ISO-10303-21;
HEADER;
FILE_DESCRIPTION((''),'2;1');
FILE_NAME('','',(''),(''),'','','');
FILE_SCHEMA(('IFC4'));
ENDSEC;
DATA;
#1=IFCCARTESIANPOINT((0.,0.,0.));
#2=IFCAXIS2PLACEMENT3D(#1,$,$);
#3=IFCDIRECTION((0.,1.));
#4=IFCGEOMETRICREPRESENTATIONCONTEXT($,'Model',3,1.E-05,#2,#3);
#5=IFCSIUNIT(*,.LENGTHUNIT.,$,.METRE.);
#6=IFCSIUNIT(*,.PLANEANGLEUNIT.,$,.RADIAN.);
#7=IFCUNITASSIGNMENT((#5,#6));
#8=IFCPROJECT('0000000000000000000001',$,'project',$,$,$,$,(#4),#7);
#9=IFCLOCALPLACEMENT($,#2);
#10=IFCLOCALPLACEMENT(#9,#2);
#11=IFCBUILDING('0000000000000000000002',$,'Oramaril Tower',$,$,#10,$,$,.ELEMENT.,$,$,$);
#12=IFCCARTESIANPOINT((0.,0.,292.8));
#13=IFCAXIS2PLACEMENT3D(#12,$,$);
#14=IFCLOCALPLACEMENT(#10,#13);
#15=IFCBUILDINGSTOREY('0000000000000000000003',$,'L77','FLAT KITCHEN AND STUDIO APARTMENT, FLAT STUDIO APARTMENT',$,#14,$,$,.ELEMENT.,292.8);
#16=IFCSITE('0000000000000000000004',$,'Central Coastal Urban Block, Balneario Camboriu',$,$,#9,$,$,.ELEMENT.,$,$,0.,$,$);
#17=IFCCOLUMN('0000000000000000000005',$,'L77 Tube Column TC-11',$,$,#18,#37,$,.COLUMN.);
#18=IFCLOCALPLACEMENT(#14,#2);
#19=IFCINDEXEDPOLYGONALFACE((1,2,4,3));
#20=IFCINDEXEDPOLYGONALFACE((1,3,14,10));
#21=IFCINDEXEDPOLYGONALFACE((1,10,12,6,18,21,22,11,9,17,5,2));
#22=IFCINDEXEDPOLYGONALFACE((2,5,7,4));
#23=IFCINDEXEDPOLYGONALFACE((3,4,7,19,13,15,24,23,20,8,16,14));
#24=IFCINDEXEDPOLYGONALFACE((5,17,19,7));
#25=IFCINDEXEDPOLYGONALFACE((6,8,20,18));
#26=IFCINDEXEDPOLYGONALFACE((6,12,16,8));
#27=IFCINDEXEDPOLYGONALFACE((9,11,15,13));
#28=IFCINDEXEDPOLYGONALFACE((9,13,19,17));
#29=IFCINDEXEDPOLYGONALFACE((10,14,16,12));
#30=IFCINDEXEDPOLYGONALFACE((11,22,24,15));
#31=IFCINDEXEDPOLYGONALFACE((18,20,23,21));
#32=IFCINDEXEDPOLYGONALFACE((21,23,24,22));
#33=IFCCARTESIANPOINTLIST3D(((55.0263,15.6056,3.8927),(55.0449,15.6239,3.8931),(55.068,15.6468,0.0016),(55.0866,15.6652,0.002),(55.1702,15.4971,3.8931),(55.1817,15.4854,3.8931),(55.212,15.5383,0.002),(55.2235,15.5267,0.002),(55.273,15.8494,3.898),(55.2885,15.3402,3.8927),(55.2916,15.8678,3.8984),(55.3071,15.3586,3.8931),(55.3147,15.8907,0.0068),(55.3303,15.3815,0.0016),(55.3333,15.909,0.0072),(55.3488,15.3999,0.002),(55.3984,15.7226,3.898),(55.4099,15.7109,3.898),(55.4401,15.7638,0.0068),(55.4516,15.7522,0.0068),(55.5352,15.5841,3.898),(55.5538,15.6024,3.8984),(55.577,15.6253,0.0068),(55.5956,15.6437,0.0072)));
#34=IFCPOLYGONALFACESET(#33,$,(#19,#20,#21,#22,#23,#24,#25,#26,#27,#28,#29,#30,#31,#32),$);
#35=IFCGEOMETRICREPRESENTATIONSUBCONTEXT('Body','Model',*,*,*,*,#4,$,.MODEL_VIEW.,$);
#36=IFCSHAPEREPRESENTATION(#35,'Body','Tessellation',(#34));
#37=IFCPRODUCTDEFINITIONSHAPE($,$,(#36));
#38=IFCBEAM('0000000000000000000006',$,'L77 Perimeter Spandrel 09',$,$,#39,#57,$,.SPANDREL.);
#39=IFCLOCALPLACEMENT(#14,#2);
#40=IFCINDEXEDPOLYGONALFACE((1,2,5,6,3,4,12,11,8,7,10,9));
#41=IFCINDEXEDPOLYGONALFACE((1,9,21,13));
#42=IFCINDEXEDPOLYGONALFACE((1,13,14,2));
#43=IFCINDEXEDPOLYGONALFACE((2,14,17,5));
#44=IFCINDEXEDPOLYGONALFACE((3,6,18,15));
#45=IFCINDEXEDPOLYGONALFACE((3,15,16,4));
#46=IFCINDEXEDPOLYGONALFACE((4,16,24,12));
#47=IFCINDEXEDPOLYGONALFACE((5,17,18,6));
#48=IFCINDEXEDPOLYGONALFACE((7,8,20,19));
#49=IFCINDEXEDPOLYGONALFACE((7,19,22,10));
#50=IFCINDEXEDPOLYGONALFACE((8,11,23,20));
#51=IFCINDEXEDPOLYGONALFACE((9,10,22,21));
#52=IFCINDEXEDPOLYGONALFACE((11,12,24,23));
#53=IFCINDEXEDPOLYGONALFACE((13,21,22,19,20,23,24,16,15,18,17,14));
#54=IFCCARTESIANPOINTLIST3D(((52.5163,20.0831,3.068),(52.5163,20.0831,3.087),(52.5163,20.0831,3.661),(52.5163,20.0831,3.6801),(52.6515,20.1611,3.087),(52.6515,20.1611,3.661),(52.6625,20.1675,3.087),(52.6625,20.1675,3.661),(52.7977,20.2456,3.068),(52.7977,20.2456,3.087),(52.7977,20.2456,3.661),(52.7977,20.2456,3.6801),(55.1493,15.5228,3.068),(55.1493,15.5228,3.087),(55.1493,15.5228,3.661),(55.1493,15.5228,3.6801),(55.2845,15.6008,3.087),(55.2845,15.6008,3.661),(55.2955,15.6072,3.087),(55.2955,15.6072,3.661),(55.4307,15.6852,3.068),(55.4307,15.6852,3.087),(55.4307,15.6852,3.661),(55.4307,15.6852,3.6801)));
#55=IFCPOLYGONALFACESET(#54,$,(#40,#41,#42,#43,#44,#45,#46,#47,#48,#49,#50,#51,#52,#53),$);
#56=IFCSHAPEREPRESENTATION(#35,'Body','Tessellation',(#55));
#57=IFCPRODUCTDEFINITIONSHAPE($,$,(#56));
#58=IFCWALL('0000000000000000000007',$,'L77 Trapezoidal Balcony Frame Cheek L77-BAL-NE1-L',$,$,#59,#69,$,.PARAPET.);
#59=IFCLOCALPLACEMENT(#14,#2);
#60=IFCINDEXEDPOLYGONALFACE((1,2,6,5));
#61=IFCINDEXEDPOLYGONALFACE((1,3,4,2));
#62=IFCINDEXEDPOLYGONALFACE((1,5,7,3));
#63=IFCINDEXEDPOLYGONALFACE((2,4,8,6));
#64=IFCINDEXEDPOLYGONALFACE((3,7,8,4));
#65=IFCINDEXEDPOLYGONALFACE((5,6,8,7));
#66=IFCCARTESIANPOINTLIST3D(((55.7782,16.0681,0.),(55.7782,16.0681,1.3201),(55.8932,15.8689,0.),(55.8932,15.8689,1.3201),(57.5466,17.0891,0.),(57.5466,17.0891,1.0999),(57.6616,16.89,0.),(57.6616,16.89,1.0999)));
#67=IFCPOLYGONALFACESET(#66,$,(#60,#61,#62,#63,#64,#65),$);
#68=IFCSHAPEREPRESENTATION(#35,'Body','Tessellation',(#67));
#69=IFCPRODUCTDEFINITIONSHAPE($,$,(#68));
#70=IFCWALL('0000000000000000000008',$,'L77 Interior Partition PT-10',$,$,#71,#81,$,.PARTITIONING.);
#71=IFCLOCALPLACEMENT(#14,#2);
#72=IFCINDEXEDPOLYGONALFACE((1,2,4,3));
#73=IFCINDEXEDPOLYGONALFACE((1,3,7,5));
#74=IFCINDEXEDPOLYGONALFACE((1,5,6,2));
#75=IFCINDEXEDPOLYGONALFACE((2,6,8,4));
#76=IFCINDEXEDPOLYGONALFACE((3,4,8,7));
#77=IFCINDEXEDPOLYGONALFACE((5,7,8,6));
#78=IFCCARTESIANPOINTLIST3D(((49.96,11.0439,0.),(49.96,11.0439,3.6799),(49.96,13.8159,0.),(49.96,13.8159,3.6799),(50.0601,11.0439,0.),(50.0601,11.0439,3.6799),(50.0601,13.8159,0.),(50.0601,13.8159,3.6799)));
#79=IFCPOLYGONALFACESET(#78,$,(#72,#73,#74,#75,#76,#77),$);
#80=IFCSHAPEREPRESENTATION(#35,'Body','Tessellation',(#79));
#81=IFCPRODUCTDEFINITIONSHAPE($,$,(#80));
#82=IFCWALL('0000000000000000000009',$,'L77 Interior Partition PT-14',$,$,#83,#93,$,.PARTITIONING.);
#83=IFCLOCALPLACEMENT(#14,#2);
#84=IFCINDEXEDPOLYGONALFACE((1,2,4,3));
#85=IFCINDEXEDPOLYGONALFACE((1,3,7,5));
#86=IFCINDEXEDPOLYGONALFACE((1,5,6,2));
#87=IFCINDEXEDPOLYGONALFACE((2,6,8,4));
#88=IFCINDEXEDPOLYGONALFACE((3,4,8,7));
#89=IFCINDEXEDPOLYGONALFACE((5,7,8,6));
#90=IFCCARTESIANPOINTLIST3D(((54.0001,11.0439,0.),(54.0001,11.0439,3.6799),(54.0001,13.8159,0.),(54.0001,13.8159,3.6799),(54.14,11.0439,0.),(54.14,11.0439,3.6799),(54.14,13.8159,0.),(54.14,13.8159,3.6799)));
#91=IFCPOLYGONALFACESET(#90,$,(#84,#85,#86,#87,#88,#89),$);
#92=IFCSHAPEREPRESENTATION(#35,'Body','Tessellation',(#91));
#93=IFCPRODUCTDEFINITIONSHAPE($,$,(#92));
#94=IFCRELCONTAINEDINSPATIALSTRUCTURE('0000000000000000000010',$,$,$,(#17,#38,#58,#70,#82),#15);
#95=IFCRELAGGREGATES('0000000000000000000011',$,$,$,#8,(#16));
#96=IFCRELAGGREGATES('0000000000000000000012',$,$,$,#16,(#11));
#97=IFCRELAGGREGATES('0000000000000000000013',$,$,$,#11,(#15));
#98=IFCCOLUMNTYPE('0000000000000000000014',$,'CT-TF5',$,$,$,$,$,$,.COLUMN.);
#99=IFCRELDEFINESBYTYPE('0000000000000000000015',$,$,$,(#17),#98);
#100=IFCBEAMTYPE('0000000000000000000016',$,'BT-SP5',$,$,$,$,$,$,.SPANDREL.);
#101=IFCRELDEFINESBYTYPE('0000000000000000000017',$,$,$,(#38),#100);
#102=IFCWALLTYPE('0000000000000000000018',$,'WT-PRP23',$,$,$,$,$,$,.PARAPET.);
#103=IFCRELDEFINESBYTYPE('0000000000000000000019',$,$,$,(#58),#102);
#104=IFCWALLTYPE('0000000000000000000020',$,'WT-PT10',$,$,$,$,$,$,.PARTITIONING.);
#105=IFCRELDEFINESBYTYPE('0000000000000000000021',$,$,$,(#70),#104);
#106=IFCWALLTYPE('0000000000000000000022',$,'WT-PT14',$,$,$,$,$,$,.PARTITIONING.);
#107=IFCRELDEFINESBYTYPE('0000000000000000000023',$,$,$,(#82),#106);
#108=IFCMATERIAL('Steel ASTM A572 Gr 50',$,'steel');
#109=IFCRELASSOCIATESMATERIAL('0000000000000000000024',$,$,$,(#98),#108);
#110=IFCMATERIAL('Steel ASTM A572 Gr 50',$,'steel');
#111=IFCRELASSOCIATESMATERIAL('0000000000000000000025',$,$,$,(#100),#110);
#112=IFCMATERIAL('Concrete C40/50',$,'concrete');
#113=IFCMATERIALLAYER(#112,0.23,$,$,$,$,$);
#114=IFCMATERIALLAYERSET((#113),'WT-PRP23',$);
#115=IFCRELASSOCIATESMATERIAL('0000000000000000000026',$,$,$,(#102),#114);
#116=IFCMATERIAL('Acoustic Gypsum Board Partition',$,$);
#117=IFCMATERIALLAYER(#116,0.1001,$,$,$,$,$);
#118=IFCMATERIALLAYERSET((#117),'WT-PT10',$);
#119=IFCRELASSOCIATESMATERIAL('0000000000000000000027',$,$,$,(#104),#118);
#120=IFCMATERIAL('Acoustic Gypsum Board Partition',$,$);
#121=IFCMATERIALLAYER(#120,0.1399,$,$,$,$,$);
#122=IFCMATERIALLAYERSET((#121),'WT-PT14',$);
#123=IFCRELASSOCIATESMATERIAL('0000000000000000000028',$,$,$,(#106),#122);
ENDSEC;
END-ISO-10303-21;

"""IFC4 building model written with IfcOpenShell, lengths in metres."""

from ifc_helpers import new_model, si_unit, direction, frame, frame_2d, origin, origin_2d, place, context, subcontext, project, spatial, polyline, rectangle, i_section, outline, extrude, material, layer, layer_set, material_profile, profile_set, type_object, element, save


model = new_model("IFC4")

# Units and contexts
model_context = context("Model", 3, precision=1e-05, world=origin(), true_north=direction((0.0, 1.0)))
body_context = subcontext(model_context, "Body", "Model", "MODEL_VIEW")
ifc_project = project(units=[si_unit("LENGTHUNIT", "METRE"), si_unit("PLANEANGLEUNIT", "RADIAN")], contexts=[model_context])

# Site, building, storey
site_placement = place(None, origin())
site = spatial("IfcSite", under=ifc_project, at=site_placement, Name="Central Coastal Urban Block, Balneario Camboriu", CompositionType="ELEMENT", RefElevation=0.0)
building_placement = place(site_placement, origin())
building = spatial("IfcBuilding", under=site, at=building_placement, Name="Oramaril Tower", CompositionType="ELEMENT")
storey_placement = place(building_placement, frame((0.0, 0.0, 292.8)))
storey = spatial("IfcBuildingStorey", under=building, at=storey_placement, Name="L77", Description="FLAT KITCHEN AND STUDIO APARTMENT, FLAT STUDIO APARTMENT", CompositionType="ELEMENT", Elevation=292.8)

# Column
ifc_material_1 = material(Name="Steel ASTM A572 Gr 50", Category="steel")
ifc_material_profile_1 = material_profile(ifc_material_1, i_section(OverallWidth=0.373, OverallDepth=0.373, WebThickness=0.0164, FlangeThickness=0.0261, at=origin_2d()), Name="W14X132")
ifc_profile_set_1 = profile_set([ifc_material_profile_1], Name="Steel ASTM A572 Gr 50")
column_type = type_object("IfcColumnType", Name="CT-TF5", PredefinedType="COLUMN", material=ifc_profile_set_1)
column_placement = place(storey_placement, frame((55.3318, 15.6453, 0.0044), z_axis=(-0.010728, -0.010602, 0.999886), x_axis=(0.702935, -0.711254, 0.0)))
element("IfcColumn", 1, at=column_placement, inside=storey, type_object=column_type, Name="L77 Tube Column TC-11", PredefinedType="COLUMN", context=body_context, shape_type="SweptSolid", body=[
    extrude(i_section(OverallWidth=0.373, OverallDepth=0.373, WebThickness=0.0164, FlangeThickness=0.0261, at=origin_2d()), origin(), (0.0, 0.0, 1.0), 3.8916),
])

# Beam
ifc_material_2 = material(Name="Steel ASTM A572 Gr 50", Category="steel")
ifc_material_profile_2 = material_profile(ifc_material_2, i_section(OverallWidth=0.325, OverallDepth=0.6121, WebThickness=0.0127, FlangeThickness=0.019, at=origin_2d()), Name="W24X104")
ifc_profile_set_2 = profile_set([ifc_material_profile_2], Name="Steel ASTM A572 Gr 50")
beam_type = type_object("IfcBeamType", Name="BT-SP5", PredefinedType="SPANDREL", material=ifc_profile_set_2)
beam_placement = place(storey_placement, frame((55.29, 15.604, 3.374), z_axis=(-0.500023, 0.866012, 0.0), x_axis=(-0.866012, -0.500023, 0.0)))
element("IfcBeam", 2, at=beam_placement, inside=storey, type_object=beam_type, Name="L77 Perimeter Spandrel 09", PredefinedType="SPANDREL", context=body_context, shape_type="SweptSolid", body=[
    extrude(i_section(OverallWidth=0.325, OverallDepth=0.6121, WebThickness=0.0127, FlangeThickness=0.019, at=origin_2d()), origin(), (0.0, 0.0, 1.0), 5.2659),
])

# Walls
ifc_material_3 = material(Name="Concrete C40/50", Category="concrete")
ifc_layer_1 = layer(ifc_material_3, 0.23)
ifc_layer_set_1 = layer_set([ifc_layer_1], Name="WT-PRP23")
wall_type_1 = type_object("IfcWallType", Name="WT-PRP23", PredefinedType="PARAPET", material=ifc_layer_set_1)
wall_1_placement = place(storey_placement, frame((55.8357, 15.9685, 0.0), z_axis=(0.0, 0.0, 1.0), x_axis=(0.866012, 0.500023, 0.0)))
element("IfcWall", 3, at=wall_1_placement, inside=storey, type_object=wall_type_1, Name="L77 Trapezoidal Balcony Frame Cheek L77-BAL-NE1-L", PredefinedType="PARAPET", context=body_context, shape_type="SweptSolid", body=[
    extrude(outline(polyline([(0.0, 0.0), (2.042, 0.0), (2.042, 1.0999), (0.0, 1.3201), (0.0, 0.0)])), frame((0.0, 0.115, 0.0), z_axis=(0.0, -1.0, 0.0), x_axis=(1.0, 0.0, 0.0)), (0.0, 0.0, 1.0), 0.23),
])
ifc_material_4 = material(Name="Acoustic Gypsum Board Partition")
ifc_layer_2 = layer(ifc_material_4, 0.1001)
ifc_layer_set_2 = layer_set([ifc_layer_2], Name="WT-PT10")
wall_type_2 = type_object("IfcWallType", Name="WT-PT10", PredefinedType="PARTITIONING", material=ifc_layer_set_2)
wall_2_placement = place(storey_placement, frame((50.01, 11.0439, 0.0), z_axis=(0.0, 0.0, 1.0), x_axis=(0.0, 1.0, 0.0)))
element("IfcWall", 4, at=wall_2_placement, inside=storey, type_object=wall_type_2, Name="L77 Interior Partition PT-10", PredefinedType="PARTITIONING", context=body_context, shape_type="SweptSolid", body=[
    extrude(rectangle(XDim=2.772, YDim=0.1001, at=frame_2d((1.386, 0.0))), origin(), (0.0, 0.0, 1.0), 3.6799),
])
ifc_material_5 = material(Name="Acoustic Gypsum Board Partition")
ifc_layer_3 = layer(ifc_material_5, 0.1399)
ifc_layer_set_3 = layer_set([ifc_layer_3], Name="WT-PT14")
wall_type_3 = type_object("IfcWallType", Name="WT-PT14", PredefinedType="PARTITIONING", material=ifc_layer_set_3)
wall_3_placement = place(storey_placement, frame((54.0701, 11.0439, 0.0), z_axis=(0.0, 0.0, 1.0), x_axis=(0.0, 1.0, 0.0)))
element("IfcWall", 5, at=wall_3_placement, inside=storey, type_object=wall_type_3, Name="L77 Interior Partition PT-14", PredefinedType="PARTITIONING", context=body_context, shape_type="SweptSolid", body=[
    extrude(rectangle(XDim=2.772, YDim=0.1399, at=frame_2d((1.386, 0.0))), origin(), (0.0, 0.0, 1.0), 3.6799),
])

save(model, "model.ifc")
